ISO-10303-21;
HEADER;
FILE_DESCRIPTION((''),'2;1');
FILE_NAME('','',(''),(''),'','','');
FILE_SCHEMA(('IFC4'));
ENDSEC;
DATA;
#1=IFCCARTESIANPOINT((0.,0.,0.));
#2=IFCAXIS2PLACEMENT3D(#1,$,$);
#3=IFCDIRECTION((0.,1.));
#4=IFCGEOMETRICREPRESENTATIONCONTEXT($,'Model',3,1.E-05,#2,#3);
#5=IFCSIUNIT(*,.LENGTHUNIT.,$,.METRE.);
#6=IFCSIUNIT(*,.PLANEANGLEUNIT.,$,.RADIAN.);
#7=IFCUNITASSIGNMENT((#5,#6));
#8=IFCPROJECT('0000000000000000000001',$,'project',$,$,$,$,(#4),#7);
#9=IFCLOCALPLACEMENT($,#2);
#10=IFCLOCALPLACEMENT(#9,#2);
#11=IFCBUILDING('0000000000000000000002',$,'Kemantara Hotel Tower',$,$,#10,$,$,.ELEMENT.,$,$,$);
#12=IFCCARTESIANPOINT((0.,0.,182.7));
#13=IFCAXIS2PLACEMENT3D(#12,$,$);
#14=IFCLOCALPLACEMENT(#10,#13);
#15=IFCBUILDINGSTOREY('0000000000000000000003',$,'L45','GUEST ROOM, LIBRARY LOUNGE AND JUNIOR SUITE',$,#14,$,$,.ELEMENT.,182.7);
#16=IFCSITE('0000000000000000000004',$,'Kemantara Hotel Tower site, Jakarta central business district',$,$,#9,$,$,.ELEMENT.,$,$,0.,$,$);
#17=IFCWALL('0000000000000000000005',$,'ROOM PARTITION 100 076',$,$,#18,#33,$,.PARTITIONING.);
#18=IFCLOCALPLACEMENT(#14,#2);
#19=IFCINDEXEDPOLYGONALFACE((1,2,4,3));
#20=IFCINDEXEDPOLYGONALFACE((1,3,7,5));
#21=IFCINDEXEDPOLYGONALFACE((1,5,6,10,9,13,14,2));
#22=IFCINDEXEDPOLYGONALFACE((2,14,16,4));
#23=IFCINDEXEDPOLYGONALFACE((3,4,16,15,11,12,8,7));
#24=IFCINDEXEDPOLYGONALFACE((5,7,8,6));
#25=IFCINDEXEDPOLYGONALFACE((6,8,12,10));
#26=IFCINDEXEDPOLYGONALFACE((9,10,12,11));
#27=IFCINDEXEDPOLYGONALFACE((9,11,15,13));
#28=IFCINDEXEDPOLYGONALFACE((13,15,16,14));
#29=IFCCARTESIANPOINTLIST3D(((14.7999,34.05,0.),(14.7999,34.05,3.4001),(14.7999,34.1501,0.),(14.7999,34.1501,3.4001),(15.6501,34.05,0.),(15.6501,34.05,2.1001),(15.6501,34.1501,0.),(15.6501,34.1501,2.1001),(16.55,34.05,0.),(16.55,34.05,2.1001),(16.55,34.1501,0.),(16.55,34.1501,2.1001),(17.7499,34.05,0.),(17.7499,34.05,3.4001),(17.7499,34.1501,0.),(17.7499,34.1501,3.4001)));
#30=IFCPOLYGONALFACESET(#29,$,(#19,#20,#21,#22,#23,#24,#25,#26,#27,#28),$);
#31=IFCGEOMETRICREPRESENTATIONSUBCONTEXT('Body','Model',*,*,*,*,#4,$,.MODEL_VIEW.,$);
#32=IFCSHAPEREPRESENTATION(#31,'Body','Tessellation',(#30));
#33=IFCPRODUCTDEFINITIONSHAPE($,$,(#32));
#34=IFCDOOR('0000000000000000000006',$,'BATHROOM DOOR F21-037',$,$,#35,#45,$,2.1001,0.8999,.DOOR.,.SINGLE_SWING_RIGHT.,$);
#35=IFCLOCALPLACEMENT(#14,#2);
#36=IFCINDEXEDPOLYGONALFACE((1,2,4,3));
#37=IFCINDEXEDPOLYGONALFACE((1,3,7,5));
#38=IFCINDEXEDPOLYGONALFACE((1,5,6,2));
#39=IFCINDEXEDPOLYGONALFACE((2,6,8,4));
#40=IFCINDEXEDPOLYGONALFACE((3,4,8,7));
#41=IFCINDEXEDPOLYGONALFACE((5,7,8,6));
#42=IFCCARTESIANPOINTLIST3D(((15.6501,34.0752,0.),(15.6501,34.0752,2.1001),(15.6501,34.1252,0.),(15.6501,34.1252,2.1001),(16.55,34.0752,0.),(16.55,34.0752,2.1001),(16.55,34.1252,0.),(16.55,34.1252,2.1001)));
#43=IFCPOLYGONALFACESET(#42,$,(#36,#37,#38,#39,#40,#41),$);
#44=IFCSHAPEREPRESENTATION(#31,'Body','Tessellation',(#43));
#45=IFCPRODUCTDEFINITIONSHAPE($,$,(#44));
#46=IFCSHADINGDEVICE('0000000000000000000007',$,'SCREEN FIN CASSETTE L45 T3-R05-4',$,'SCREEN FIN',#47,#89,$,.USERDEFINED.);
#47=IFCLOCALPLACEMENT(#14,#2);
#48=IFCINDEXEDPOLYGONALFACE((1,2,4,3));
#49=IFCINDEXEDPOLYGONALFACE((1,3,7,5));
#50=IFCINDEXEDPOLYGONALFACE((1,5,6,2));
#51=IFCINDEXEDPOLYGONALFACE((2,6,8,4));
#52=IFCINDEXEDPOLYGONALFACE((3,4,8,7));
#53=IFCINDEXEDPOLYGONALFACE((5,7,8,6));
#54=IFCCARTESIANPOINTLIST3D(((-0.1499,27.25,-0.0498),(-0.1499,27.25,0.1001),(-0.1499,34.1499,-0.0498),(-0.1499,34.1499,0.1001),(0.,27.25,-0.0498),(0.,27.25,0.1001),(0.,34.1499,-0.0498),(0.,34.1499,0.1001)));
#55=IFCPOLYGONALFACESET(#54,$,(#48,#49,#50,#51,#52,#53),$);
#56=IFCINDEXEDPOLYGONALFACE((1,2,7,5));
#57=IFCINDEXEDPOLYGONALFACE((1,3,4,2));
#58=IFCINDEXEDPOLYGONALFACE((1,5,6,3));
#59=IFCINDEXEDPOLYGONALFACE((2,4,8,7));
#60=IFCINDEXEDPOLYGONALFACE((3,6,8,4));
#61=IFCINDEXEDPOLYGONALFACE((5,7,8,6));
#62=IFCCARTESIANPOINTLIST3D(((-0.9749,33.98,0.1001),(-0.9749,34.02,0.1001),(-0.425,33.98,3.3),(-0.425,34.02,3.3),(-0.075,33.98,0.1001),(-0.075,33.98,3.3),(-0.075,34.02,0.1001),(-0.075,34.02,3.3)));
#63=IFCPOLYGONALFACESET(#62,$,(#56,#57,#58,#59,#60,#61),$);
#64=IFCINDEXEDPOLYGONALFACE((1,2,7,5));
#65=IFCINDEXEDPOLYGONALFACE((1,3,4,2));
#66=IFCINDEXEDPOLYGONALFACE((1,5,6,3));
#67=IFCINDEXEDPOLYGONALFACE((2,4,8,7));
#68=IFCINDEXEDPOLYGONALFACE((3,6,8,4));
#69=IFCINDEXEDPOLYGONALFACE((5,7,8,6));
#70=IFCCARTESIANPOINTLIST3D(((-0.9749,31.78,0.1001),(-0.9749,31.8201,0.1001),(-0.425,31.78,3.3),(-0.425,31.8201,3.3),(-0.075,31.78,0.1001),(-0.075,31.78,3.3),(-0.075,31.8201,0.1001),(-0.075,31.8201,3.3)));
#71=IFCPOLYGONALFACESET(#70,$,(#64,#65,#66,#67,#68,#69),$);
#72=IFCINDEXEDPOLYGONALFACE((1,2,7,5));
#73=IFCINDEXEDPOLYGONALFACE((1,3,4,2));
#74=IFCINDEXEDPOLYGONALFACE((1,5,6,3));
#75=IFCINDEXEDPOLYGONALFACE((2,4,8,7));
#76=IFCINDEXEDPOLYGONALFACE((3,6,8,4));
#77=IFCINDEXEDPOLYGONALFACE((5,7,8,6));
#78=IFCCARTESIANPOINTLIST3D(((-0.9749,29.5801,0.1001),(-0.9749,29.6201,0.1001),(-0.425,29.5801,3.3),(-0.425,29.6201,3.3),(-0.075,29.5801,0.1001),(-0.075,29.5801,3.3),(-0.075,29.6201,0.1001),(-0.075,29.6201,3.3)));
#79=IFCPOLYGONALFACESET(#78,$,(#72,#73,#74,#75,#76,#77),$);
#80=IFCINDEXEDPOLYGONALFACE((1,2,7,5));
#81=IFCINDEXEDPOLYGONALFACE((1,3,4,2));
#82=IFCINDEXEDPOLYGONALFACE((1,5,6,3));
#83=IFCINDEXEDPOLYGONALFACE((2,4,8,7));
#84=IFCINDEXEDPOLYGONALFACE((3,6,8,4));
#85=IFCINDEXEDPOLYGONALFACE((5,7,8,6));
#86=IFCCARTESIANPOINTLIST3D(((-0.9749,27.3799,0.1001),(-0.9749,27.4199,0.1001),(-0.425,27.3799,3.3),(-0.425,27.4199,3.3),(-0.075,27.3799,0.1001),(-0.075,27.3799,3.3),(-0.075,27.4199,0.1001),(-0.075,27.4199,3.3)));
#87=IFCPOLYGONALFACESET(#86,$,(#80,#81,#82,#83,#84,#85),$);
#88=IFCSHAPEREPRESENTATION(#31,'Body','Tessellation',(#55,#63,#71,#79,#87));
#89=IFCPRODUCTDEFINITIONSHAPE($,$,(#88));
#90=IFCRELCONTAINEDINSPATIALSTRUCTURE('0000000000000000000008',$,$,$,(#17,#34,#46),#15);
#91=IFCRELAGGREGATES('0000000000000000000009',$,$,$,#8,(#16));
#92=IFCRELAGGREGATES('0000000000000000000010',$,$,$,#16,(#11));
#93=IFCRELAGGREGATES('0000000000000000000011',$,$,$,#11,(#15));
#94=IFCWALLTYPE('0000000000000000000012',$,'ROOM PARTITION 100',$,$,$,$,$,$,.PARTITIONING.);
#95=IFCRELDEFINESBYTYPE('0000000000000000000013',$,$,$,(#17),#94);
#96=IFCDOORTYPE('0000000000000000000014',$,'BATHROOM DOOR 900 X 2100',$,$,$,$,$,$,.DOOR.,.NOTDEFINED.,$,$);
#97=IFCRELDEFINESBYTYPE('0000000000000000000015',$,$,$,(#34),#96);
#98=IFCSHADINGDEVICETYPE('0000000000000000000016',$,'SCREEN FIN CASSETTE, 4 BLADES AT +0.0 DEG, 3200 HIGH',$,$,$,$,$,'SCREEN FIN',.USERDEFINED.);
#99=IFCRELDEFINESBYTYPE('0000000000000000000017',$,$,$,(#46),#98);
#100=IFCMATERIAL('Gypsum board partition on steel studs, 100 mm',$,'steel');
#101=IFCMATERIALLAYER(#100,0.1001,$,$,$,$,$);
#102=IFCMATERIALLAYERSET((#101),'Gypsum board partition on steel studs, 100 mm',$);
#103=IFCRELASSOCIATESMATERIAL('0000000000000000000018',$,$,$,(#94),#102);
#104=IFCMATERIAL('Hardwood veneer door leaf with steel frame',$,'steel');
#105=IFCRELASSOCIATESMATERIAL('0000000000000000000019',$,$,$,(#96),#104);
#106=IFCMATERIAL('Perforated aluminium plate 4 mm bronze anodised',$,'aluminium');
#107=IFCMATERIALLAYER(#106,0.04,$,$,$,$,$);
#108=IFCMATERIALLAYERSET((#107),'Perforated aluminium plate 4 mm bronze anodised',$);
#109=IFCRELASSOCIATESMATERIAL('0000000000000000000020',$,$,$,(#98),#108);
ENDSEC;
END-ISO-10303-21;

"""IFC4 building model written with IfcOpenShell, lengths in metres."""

from ifc_helpers import new_model, si_unit, direction, frame, frame_2d, origin, origin_2d, place, context, subcontext, project, spatial, polyline, rectangle, outline, extrude, source, transform, mapped, material, layer, layer_set, type_object, element, fill, save


model = new_model("IFC4")

# Units and contexts
model_context = context("Model", 3, precision=1e-05, world=origin(), true_north=direction((0.0, 1.0)))
body_context = subcontext(model_context, "Body", "Model", "MODEL_VIEW")
ifc_project = project(units=[si_unit("LENGTHUNIT", "METRE"), si_unit("PLANEANGLEUNIT", "RADIAN")], contexts=[model_context])

# Site, building, storey
site_placement = place(None, origin())
site = spatial("IfcSite", under=ifc_project, at=site_placement, Name="Kemantara Hotel Tower site, Jakarta central business district", CompositionType="ELEMENT", RefElevation=0.0)
building_placement = place(site_placement, origin())
building = spatial("IfcBuilding", under=site, at=building_placement, Name="Kemantara Hotel Tower", CompositionType="ELEMENT")
storey_placement = place(building_placement, frame((0.0, 0.0, 182.7)))
storey = spatial("IfcBuildingStorey", under=building, at=storey_placement, Name="L45", Description="GUEST ROOM, LIBRARY LOUNGE AND JUNIOR SUITE", CompositionType="ELEMENT", Elevation=182.7)

# Shared definitions
ifc_material_1 = material(Name="Hardwood veneer door leaf with steel frame", Category="steel")

# Shared definitions
ifc_material_2 = material(Name="Gypsum board partition on steel studs, 100 mm", Category="steel")
ifc_layer_1 = layer(ifc_material_2, 0.1001)
ifc_layer_set_1 = layer_set([ifc_layer_1], Name="Gypsum board partition on steel studs, 100 mm")
wall_type_1 = type_object("IfcWallType", Name="ROOM PARTITION 100", PredefinedType="PARTITIONING", material=ifc_layer_set_1)

# Wall, opening, door
wall_1_placement = place(storey_placement, frame((17.75, 34.1001, 0.0), z_axis=(0.0, 0.0, 1.0), x_axis=(-1.0, 0.0, 0.0)))
wall_1 = element("IfcWall", 1, at=wall_1_placement, inside=storey, type_object=wall_type_1, Name="ROOM PARTITION 100 076", PredefinedType="PARTITIONING", context=body_context, shape_type="SweptSolid", body=[
    extrude(rectangle(XDim=2.95, YDim=0.1001, at=frame_2d((1.4751, 0.0))), origin(), (0.0, 0.0, 1.0), 3.4001),
])
opening_1_placement = place(wall_1_placement, frame((1.2, 0.0, 0.0)))
opening_1 = element("IfcOpeningElement", 2, at=opening_1_placement, cuts=wall_1, PredefinedType="OPENING", context=body_context, shape_type="SweptSolid", body=[
    extrude(rectangle(XDim=0.8999, YDim=2.1001, at=frame_2d((0.45, 1.05))), frame((0.0, 0.0601, 0.0), z_axis=(0.0, -1.0, 0.0), x_axis=(1.0, 0.0, 0.0)), (0.0, 0.0, 1.0), 0.1201),
])
door_type_1 = type_object("IfcDoorType", Name="BATHROOM DOOR 900 X 2100", OperationType="NOTDEFINED", PredefinedType="DOOR", material=ifc_material_1)
door_1_placement = place(opening_1_placement, origin())
door_1 = element("IfcDoor", 3, at=door_1_placement, inside=storey, type_object=door_type_1, Name="BATHROOM DOOR F21-037", OperationType="SINGLE_SWING_RIGHT", OverallHeight=2.1001, OverallWidth=0.8999, PredefinedType="DOOR", context=body_context, shape_type="SweptSolid", body=[
    extrude(rectangle(XDim=0.8999, YDim=2.1001, at=frame_2d((0.45, 1.05))), frame((0.0, 0.0249, 0.0), z_axis=(0.0, -1.0, 0.0), x_axis=(1.0, 0.0, 0.0)), (0.0, 0.0, 1.0), 0.05),
])
fill(opening_1, door_1)

# Shading device
ifc_material_3 = material(Name="Perforated aluminium plate 4 mm bronze anodised", Category="aluminium")
ifc_layer_2 = layer(ifc_material_3, 0.04)
ifc_layer_set_2 = layer_set([ifc_layer_2], Name="Perforated aluminium plate 4 mm bronze anodised")
shading_device_type = type_object("IfcShadingDeviceType", Name="SCREEN FIN CASSETTE, 4 BLADES AT +0.0 DEG, 3200 HIGH", ElementType="SCREEN FIN", PredefinedType="USERDEFINED", material=ifc_layer_set_2)
shared_shape = source(origin(), body_context, "Body", "SweptSolid", [
    extrude(rectangle(XDim=6.8999, YDim=0.1499, at=origin_2d()), frame((3.3, -0.075, -0.1499), z_axis=(0.0, 0.0, 1.0), x_axis=(1.0, 0.0, 0.0)), (0.0, 0.0, 1.0), 0.1499),
    extrude(outline(polyline([(0.0, 0.0), (0.8999, 0.0), (0.3501, 3.2), (0.0, 3.2), (0.0, 0.0)])), frame((0.02, -0.075, 0.0), z_axis=(-1.0, 0.0, 0.0), x_axis=(0.0, -1.0, 0.0)), (0.0, 0.0, 1.0), 0.04),
    extrude(outline(polyline([(0.0, 0.0), (0.8999, 0.0), (0.3501, 3.2), (0.0, 3.2), (0.0, 0.0)])), frame((2.22, -0.075, 0.0), z_axis=(-1.0, 0.0, 0.0), x_axis=(0.0, -1.0, 0.0)), (0.0, 0.0, 1.0), 0.04),
    extrude(outline(polyline([(0.0, 0.0), (0.8999, 0.0), (0.3501, 3.2), (0.0, 3.2), (0.0, 0.0)])), frame((4.4199, -0.075, 0.0), z_axis=(-1.0, 0.0, 0.0), x_axis=(0.0, -1.0, 0.0)), (0.0, 0.0, 1.0), 0.04),
    extrude(outline(polyline([(0.0, 0.0), (0.8999, 0.0), (0.3501, 3.2), (0.0, 3.2), (0.0, 0.0)])), frame((6.6201, -0.075, 0.0), z_axis=(-1.0, 0.0, 0.0), x_axis=(0.0, -1.0, 0.0)), (0.0, 0.0, 1.0), 0.04),
])
shading_device_placement = place(storey_placement, frame((0.0, 34.0, 0.1001), z_axis=(0.0, 0.0, 1.0), x_axis=(0.0, -1.0, 0.0)))
element("IfcShadingDevice", 4, at=shading_device_placement, inside=storey, type_object=shading_device_type, Name="SCREEN FIN CASSETTE L45 T3-R05-4", ObjectType="SCREEN FIN", PredefinedType="USERDEFINED", context=body_context, shape_type="MappedRepresentation", body=[
    mapped(shared_shape, transform((0.0, 0.0, 0.0))),
])

save(model, "model.ifc")
